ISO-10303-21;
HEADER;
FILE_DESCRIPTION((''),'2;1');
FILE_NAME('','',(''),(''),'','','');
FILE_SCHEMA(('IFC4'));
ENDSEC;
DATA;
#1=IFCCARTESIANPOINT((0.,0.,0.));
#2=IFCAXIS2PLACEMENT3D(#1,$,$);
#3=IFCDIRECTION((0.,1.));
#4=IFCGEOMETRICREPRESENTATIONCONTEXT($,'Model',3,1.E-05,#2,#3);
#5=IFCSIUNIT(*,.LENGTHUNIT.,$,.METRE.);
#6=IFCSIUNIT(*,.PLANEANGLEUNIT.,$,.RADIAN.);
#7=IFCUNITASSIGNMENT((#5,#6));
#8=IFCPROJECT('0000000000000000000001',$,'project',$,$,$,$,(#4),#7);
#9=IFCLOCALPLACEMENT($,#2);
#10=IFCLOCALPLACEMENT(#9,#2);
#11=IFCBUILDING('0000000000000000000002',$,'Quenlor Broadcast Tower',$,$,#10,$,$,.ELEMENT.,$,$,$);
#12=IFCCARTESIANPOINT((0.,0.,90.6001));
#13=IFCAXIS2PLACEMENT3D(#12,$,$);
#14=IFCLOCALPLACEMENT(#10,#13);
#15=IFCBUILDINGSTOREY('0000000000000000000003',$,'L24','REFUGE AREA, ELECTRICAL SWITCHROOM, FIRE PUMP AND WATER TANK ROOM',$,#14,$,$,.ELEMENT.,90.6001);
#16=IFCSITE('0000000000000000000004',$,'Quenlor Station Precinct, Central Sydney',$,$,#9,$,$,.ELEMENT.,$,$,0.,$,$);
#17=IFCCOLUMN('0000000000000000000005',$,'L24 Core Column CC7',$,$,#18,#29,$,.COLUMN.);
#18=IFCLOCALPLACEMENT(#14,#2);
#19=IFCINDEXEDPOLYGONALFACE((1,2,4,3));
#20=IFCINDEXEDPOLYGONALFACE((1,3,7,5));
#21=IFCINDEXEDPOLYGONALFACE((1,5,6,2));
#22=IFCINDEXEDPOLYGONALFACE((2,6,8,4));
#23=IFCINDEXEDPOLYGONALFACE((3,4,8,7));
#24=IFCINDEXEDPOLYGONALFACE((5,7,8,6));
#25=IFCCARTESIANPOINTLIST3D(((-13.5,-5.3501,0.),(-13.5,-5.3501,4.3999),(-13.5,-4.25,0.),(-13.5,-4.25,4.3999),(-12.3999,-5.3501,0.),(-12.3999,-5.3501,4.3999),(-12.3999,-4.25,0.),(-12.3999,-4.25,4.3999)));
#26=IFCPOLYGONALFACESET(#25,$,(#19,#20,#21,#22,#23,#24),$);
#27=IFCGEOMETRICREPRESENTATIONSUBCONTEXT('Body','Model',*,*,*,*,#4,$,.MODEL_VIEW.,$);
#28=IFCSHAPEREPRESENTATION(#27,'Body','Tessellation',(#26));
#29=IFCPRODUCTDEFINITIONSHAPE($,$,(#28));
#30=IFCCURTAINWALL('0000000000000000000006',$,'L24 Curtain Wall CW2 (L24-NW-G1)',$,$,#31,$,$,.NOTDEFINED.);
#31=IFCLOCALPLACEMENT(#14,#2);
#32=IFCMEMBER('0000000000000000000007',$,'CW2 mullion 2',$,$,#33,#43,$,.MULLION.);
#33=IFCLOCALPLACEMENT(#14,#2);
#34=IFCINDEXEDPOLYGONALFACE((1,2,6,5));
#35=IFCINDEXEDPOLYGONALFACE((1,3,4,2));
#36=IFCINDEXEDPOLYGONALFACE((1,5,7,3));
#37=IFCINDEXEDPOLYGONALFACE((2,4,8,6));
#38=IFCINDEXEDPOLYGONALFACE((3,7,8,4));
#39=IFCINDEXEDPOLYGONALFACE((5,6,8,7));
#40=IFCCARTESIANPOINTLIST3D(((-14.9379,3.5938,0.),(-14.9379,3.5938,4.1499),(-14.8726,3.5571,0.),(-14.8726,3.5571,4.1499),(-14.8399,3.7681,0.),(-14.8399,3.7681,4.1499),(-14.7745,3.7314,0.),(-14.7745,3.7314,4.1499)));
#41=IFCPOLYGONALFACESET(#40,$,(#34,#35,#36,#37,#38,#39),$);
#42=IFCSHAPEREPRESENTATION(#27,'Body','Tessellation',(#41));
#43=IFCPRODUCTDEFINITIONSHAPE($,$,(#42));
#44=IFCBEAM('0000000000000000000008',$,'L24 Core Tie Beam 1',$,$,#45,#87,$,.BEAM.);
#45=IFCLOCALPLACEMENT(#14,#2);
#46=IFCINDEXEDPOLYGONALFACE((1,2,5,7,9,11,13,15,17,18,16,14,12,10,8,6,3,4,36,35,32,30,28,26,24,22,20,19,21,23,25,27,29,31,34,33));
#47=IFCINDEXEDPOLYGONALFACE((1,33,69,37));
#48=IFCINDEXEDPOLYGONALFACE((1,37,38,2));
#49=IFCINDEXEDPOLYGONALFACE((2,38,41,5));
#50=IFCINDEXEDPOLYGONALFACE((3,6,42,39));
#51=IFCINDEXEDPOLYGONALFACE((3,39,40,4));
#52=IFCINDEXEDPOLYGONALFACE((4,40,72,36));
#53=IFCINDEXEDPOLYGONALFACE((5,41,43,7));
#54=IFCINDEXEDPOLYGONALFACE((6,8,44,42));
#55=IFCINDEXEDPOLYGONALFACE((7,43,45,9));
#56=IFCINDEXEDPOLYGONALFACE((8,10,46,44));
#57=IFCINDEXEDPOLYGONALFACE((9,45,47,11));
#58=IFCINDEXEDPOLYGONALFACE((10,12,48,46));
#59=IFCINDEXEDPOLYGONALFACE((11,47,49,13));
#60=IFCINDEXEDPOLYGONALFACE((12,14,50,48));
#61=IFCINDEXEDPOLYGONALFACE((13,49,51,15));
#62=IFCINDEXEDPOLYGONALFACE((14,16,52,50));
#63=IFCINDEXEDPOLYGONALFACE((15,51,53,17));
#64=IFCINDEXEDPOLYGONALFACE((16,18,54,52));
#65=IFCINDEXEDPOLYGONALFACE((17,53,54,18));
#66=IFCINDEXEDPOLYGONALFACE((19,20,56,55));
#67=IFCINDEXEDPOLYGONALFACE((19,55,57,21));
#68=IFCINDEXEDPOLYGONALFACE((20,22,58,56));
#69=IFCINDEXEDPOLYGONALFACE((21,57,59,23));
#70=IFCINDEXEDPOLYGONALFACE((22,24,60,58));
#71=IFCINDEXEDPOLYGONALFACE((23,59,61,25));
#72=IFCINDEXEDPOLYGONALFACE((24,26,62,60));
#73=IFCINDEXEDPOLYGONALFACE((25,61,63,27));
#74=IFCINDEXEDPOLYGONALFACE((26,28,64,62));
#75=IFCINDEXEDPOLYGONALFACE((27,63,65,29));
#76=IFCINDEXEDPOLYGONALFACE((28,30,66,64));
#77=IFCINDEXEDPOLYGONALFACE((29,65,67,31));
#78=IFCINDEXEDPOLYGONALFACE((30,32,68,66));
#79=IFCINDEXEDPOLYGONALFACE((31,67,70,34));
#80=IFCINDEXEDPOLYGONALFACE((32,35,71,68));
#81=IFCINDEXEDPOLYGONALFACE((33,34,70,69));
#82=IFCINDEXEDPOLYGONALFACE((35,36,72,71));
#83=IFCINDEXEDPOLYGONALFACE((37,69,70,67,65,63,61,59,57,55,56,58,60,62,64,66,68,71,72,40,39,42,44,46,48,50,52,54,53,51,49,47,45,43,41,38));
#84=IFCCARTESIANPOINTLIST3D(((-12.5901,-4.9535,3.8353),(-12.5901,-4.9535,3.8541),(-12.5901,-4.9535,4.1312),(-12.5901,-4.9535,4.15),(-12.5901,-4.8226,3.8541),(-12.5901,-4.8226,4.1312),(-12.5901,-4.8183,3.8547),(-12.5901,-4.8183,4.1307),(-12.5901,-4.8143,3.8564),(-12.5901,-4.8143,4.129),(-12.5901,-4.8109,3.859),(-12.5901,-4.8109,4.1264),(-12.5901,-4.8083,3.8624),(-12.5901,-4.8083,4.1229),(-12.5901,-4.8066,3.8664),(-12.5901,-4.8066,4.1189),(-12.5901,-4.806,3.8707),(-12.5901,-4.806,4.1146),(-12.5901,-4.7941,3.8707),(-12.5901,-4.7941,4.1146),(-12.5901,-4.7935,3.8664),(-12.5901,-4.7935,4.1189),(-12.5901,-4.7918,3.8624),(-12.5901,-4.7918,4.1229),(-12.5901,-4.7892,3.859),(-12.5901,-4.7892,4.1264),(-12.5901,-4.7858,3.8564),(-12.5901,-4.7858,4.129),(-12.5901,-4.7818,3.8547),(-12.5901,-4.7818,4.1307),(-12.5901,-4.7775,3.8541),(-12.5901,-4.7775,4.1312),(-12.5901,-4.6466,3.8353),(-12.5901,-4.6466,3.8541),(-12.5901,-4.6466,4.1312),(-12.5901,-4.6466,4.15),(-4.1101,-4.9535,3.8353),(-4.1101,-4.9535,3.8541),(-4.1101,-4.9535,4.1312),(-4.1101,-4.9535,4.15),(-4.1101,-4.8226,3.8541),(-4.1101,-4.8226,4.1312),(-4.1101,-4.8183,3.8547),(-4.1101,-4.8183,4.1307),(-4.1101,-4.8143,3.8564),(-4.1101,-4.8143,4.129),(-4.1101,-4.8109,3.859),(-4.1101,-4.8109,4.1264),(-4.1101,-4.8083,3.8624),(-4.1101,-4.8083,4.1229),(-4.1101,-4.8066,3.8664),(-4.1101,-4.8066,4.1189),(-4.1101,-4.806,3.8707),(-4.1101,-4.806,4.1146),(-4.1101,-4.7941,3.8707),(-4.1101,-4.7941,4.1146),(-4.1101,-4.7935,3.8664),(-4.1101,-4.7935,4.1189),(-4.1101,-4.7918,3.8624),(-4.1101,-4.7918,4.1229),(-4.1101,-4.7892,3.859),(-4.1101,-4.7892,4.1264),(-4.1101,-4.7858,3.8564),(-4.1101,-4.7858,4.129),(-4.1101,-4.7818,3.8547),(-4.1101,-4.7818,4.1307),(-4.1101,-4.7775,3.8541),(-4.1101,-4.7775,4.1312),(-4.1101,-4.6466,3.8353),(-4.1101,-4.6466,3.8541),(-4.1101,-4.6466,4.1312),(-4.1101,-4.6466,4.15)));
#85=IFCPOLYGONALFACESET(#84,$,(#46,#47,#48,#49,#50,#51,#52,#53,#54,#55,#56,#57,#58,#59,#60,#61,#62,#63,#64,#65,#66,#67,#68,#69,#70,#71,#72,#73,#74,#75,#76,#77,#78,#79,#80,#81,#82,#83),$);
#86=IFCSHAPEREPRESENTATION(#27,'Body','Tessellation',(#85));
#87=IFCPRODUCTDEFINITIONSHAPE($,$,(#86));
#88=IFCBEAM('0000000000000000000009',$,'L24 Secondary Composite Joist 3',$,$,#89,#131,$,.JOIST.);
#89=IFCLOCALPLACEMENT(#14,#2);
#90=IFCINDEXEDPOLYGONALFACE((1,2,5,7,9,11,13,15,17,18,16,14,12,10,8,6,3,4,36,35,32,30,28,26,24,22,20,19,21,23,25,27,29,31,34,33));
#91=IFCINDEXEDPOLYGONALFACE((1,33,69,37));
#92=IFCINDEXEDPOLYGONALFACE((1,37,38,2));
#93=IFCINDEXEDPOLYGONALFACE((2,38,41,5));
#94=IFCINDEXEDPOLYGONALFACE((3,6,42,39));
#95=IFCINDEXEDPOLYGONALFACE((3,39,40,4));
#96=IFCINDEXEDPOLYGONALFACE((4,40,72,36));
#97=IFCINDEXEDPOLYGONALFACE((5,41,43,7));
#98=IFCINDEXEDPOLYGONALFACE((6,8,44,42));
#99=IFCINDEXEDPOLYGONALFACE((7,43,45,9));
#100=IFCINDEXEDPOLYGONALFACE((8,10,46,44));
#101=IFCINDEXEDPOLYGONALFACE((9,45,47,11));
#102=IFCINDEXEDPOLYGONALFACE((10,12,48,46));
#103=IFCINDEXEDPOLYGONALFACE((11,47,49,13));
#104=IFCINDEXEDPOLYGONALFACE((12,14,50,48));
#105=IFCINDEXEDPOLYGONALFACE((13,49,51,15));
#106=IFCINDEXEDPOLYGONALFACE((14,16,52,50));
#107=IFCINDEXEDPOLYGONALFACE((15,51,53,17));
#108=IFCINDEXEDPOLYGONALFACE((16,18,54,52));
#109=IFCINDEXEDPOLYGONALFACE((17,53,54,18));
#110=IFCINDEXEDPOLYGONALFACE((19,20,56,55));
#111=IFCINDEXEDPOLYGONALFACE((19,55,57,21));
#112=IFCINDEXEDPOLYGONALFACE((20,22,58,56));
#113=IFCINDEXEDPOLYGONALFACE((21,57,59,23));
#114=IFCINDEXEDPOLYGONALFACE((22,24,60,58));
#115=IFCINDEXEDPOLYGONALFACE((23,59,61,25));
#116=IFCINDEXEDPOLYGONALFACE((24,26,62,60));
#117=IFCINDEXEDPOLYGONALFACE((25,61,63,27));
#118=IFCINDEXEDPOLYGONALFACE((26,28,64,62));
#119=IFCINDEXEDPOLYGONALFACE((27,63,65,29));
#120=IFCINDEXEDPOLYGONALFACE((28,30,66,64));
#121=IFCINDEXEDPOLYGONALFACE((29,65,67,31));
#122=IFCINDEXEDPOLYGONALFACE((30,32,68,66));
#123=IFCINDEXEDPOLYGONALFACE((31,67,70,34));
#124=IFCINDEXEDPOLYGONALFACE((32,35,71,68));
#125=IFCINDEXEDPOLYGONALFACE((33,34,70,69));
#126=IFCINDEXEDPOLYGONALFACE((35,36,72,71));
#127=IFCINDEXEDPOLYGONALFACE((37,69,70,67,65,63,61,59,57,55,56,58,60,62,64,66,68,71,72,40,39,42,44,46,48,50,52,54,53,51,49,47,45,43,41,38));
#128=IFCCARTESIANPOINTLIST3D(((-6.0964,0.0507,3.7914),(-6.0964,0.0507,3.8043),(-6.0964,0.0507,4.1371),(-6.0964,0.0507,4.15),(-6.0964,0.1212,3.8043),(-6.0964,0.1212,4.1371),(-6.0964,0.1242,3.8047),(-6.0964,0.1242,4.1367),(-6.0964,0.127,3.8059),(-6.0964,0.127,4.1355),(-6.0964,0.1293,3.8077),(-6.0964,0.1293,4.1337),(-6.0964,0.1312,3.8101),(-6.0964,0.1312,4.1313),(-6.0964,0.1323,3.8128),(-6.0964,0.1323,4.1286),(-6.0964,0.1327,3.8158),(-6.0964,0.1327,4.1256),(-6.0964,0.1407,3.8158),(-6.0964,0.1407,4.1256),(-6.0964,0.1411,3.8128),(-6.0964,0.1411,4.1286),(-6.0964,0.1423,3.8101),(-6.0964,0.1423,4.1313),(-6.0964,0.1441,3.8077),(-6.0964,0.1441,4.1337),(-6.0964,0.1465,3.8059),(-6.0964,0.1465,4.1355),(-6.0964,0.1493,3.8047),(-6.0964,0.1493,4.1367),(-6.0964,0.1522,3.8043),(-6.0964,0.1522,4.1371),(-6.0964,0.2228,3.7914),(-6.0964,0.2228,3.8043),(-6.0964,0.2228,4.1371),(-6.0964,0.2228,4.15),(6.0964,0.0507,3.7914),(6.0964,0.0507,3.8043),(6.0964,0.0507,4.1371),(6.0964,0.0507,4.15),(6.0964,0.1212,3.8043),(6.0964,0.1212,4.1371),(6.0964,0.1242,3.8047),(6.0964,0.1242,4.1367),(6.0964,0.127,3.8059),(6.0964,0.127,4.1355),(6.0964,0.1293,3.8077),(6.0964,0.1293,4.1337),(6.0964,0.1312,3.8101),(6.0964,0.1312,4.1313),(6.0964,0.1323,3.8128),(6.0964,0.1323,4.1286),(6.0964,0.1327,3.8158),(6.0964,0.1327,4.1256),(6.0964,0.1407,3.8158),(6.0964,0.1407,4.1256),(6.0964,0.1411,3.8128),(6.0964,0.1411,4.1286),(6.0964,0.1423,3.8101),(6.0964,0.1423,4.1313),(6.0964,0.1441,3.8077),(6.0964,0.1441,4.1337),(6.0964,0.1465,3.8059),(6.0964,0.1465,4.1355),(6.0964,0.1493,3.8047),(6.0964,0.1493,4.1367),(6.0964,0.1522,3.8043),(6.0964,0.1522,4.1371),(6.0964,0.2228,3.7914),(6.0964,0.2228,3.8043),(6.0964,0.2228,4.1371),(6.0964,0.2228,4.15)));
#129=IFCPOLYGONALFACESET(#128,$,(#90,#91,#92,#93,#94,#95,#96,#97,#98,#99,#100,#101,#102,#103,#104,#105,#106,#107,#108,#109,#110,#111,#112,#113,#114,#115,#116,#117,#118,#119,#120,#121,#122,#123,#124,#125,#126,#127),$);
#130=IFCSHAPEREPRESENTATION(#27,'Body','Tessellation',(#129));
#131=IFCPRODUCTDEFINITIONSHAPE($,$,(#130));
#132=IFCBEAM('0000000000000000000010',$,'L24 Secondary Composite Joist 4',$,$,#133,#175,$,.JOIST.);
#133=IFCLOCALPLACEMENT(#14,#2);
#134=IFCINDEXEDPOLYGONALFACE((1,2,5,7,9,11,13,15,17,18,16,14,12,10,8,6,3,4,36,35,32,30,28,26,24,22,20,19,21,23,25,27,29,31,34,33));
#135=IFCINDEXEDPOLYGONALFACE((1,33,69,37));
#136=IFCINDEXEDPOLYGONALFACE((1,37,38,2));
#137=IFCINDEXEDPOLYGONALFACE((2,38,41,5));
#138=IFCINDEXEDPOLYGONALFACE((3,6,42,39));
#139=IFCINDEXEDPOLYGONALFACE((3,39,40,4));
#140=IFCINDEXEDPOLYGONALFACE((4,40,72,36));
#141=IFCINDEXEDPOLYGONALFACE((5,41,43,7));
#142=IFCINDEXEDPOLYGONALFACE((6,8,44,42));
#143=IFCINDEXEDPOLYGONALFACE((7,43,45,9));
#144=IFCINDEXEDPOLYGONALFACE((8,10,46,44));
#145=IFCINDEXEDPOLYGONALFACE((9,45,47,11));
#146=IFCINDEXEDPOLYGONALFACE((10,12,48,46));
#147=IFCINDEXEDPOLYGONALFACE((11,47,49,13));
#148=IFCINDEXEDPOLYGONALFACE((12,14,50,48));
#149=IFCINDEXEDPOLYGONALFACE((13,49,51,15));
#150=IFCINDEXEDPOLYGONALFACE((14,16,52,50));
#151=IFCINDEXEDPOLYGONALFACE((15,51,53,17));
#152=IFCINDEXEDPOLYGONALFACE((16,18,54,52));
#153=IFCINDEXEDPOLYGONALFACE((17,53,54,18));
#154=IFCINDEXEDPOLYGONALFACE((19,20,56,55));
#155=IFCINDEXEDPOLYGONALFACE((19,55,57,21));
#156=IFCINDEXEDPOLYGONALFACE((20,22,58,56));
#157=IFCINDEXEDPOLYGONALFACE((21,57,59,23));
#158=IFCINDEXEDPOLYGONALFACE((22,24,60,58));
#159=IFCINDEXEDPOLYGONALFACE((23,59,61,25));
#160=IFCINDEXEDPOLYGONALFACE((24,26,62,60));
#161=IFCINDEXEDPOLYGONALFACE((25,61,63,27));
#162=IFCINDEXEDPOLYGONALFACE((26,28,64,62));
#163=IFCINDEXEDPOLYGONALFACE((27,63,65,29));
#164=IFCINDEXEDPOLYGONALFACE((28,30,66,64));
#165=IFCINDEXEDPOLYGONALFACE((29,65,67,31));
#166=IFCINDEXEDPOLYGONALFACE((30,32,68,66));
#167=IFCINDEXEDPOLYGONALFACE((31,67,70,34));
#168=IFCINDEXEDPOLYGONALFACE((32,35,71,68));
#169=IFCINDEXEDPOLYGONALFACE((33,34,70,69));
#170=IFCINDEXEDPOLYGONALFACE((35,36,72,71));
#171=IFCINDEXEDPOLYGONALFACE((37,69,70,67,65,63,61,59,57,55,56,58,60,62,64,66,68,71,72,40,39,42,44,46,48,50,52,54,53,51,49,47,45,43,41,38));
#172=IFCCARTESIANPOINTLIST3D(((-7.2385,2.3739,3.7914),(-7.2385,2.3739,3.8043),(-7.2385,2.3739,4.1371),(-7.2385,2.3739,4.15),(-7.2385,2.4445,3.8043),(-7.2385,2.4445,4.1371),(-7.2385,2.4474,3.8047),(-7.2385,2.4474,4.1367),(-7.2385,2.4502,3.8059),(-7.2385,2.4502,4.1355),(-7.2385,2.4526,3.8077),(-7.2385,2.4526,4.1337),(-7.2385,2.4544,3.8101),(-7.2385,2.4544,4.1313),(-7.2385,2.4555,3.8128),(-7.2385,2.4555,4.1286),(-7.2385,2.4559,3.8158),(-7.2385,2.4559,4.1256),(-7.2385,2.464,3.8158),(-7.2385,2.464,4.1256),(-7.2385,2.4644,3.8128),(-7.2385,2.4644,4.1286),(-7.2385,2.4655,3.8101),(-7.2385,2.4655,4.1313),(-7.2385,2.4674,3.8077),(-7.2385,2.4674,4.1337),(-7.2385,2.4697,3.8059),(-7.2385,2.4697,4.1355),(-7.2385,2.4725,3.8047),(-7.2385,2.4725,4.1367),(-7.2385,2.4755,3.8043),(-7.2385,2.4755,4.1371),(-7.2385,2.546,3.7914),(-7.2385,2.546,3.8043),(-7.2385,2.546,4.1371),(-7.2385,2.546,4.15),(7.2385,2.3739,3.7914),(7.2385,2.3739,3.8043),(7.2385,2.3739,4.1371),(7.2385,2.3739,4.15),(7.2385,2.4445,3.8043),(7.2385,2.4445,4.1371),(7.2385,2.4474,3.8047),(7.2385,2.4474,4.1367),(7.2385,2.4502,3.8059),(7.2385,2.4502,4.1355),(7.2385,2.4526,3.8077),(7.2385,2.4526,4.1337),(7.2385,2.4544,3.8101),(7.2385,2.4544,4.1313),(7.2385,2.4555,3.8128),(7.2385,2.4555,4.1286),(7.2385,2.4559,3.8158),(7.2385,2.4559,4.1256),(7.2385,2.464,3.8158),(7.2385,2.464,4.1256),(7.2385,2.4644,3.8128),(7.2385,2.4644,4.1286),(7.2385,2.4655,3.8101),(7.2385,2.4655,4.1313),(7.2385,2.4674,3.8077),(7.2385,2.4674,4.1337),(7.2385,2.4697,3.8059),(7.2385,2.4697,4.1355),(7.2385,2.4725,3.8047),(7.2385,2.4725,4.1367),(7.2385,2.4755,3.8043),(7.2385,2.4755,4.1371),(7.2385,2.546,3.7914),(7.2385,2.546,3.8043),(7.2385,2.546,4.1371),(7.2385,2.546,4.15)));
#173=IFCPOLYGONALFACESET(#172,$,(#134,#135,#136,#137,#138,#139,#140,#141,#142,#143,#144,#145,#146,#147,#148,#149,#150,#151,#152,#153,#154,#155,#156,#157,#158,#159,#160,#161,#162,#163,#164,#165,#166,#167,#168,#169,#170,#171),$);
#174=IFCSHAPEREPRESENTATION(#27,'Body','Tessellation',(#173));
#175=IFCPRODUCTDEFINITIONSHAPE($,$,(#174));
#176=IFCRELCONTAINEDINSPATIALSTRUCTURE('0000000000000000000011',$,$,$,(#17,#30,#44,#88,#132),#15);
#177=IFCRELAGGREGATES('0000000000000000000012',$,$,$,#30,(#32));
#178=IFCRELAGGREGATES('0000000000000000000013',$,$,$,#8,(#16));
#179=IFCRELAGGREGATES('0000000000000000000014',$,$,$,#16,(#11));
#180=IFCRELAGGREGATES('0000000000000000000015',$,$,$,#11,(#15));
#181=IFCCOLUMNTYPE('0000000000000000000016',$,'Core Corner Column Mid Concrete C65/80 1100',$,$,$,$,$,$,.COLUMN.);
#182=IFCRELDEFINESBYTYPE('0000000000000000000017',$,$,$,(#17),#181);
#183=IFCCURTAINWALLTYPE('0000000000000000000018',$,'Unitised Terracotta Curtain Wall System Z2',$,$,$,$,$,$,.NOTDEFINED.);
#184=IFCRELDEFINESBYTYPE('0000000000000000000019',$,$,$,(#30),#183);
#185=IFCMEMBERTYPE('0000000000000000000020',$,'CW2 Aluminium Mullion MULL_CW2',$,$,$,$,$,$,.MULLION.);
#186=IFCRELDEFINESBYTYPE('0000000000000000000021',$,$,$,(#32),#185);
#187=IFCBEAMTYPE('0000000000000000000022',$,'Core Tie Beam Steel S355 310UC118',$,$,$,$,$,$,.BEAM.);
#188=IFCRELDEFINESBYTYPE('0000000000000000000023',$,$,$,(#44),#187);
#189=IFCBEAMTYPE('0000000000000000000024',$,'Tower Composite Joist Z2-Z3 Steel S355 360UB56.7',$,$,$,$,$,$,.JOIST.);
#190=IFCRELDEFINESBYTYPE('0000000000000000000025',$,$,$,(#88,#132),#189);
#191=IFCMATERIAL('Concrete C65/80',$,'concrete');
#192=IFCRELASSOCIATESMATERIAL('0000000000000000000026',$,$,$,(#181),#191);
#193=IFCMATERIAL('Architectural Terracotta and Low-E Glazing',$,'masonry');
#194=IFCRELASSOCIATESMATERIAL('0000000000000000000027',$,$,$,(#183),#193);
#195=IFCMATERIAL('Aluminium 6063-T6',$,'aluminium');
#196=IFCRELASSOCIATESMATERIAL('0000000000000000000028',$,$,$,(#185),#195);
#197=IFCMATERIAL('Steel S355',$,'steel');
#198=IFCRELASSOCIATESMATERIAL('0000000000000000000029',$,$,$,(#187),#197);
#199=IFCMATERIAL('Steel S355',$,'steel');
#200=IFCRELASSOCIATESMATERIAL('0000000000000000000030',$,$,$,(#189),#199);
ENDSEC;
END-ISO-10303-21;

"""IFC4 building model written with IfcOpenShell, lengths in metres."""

from ifc_helpers import new_model, si_unit, direction, frame, origin, origin_2d, place, context, subcontext, project, spatial, rectangle, i_section, extrude, material, material_profile, profile_set, type_object, element, aggregate, save


model = new_model("IFC4")

# Units and contexts
model_context = context("Model", 3, precision=1e-05, world=origin(), true_north=direction((0.0, 1.0)))
body_context = subcontext(model_context, "Body", "Model", "MODEL_VIEW")
ifc_project = project(units=[si_unit("LENGTHUNIT", "METRE"), si_unit("PLANEANGLEUNIT", "RADIAN")], contexts=[model_context])

# Site, building, storey
site_placement = place(None, origin())
site = spatial("IfcSite", under=ifc_project, at=site_placement, Name="Quenlor Station Precinct, Central Sydney", CompositionType="ELEMENT", RefElevation=0.0)
building_placement = place(site_placement, origin())
building = spatial("IfcBuilding", under=site, at=building_placement, Name="Quenlor Broadcast Tower", CompositionType="ELEMENT")
storey_placement = place(building_placement, frame((0.0, 0.0, 90.6001)))
storey = spatial("IfcBuildingStorey", under=building, at=storey_placement, Name="L24", Description="REFUGE AREA, ELECTRICAL SWITCHROOM, FIRE PUMP AND WATER TANK ROOM", CompositionType="ELEMENT", Elevation=90.6001)

# Column
ifc_material_1 = material(Name="Concrete C65/80", Category="concrete")
ifc_material_profile_1 = material_profile(ifc_material_1, rectangle(XDim=1.1001, YDim=1.1001, at=origin_2d()))
ifc_profile_set_1 = profile_set([ifc_material_profile_1], Name="Concrete C65/80 RC1100x1100")
column_type = type_object("IfcColumnType", Name="Core Corner Column Mid Concrete C65/80 1100", PredefinedType="COLUMN", material=ifc_profile_set_1)
column_placement = place(storey_placement, frame((-12.95, -4.8, 0.0), z_axis=(0.0, 0.0, 1.0), x_axis=(1.0, 0.0, 0.0)))
element("IfcColumn", 1, at=column_placement, inside=storey, type_object=column_type, Name="L24 Core Column CC7", PredefinedType="COLUMN", context=body_context, shape_type="SweptSolid", body=[
    extrude(rectangle(XDim=1.1001, YDim=1.1001, at=origin_2d()), origin(), (0.0, 0.0, 1.0), 4.3999),
])

# Curtain wall, member
ifc_material_2 = material(Name="Architectural Terracotta and Low-E Glazing", Category="masonry")
curtain_wall_type = type_object("IfcCurtainWallType", Name="Unitised Terracotta Curtain Wall System Z2", PredefinedType="NOTDEFINED", material=ifc_material_2)
curtain_wall_placement = place(storey_placement, origin())
curtain_wall = element("IfcCurtainWall", 2, at=curtain_wall_placement, inside=storey, type_object=curtain_wall_type, Name="L24 Curtain Wall CW2 (L24-NW-G1)", PredefinedType="NOTDEFINED")
ifc_material_3 = material(Name="Aluminium 6063-T6", Category="aluminium")
ifc_material_profile_2 = material_profile(ifc_material_3, rectangle(XDim=0.075, YDim=0.2, at=origin_2d()))
ifc_profile_set_2 = profile_set([ifc_material_profile_2], Name="Aluminium 6063-T6 MULL75x200")
member_type = type_object("IfcMemberType", Name="CW2 Aluminium Mullion MULL_CW2", PredefinedType="MULLION", material=ifc_profile_set_2)
member_placement = place(storey_placement, frame((-14.8562, 3.6626, 0.0), z_axis=(0.0, 0.0, 1.0), x_axis=(-0.871577, 0.490258, 0.0)))
member = element("IfcMember", 3, at=member_placement, type_object=member_type, Name="CW2 mullion 2", PredefinedType="MULLION", context=body_context, shape_type="SweptSolid", body=[
    extrude(rectangle(XDim=0.075, YDim=0.2, at=origin_2d()), origin(), (0.0, 0.0, 1.0), 4.1499),
])

# Beams
ifc_material_4 = material(Name="Steel S355", Category="steel")
ifc_material_profile_3 = material_profile(ifc_material_4, i_section(OverallWidth=0.3069, OverallDepth=0.3147, WebThickness=0.012, FlangeThickness=0.0188, FilletRadius=0.0166, at=origin_2d()))
ifc_profile_set_3 = profile_set([ifc_material_profile_3], Name="Steel S355 310UC118")
beam_type_1 = type_object("IfcBeamType", Name="Core Tie Beam Steel S355 310UC118", PredefinedType="BEAM", material=ifc_profile_set_3)
beam_1_placement = place(storey_placement, frame((-12.5901, -4.8, 3.9927), z_axis=(1.0, 0.0, 0.0), x_axis=(0.0, 1.0, 0.0)))
element("IfcBeam", 4, at=beam_1_placement, inside=storey, type_object=beam_type_1, Name="L24 Core Tie Beam 1", PredefinedType="BEAM", context=body_context, shape_type="SweptSolid", body=[
    extrude(i_section(OverallWidth=0.3069, OverallDepth=0.3147, WebThickness=0.012, FlangeThickness=0.0188, FilletRadius=0.0166, at=origin_2d()), origin(), (0.0, 0.0, 1.0), 8.48),
])
ifc_material_5 = material(Name="Steel S355", Category="steel")
ifc_material_profile_4 = material_profile(ifc_material_5, i_section(OverallWidth=0.1721, OverallDepth=0.3586, WebThickness=0.0081, FlangeThickness=0.0129, FilletRadius=0.0115, at=origin_2d()))
ifc_profile_set_4 = profile_set([ifc_material_profile_4], Name="Steel S355 360UB56.7")
beam_type_2 = type_object("IfcBeamType", Name="Tower Composite Joist Z2-Z3 Steel S355 360UB56.7", PredefinedType="JOIST", material=ifc_profile_set_4)
beam_2_placement = place(storey_placement, frame((-6.0964, 0.1367, 3.9707), z_axis=(1.0, 0.0, 0.0), x_axis=(0.0, 1.0, 0.0)))
element("IfcBeam", 5, at=beam_2_placement, inside=storey, type_object=beam_type_2, Name="L24 Secondary Composite Joist 3", PredefinedType="JOIST", context=body_context, shape_type="SweptSolid", body=[
    extrude(i_section(OverallWidth=0.1721, OverallDepth=0.3586, WebThickness=0.0081, FlangeThickness=0.0129, FilletRadius=0.0115, at=origin_2d()), origin(), (0.0, 0.0, 1.0), 12.1929),
])
beam_3_placement = place(storey_placement, frame((-7.2385, 2.46, 3.9707), z_axis=(1.0, 0.0, 0.0), x_axis=(0.0, 1.0, 0.0)))
element("IfcBeam", 6, at=beam_3_placement, inside=storey, type_object=beam_type_2, Name="L24 Secondary Composite Joist 4", PredefinedType="JOIST", context=body_context, shape_type="SweptSolid", body=[
    extrude(i_section(OverallWidth=0.1721, OverallDepth=0.3586, WebThickness=0.0081, FlangeThickness=0.0129, FilletRadius=0.0115, at=origin_2d()), origin(), (0.0, 0.0, 1.0), 14.4771),
])

aggregate(curtain_wall, [member])

save(model, "model.ifc")
